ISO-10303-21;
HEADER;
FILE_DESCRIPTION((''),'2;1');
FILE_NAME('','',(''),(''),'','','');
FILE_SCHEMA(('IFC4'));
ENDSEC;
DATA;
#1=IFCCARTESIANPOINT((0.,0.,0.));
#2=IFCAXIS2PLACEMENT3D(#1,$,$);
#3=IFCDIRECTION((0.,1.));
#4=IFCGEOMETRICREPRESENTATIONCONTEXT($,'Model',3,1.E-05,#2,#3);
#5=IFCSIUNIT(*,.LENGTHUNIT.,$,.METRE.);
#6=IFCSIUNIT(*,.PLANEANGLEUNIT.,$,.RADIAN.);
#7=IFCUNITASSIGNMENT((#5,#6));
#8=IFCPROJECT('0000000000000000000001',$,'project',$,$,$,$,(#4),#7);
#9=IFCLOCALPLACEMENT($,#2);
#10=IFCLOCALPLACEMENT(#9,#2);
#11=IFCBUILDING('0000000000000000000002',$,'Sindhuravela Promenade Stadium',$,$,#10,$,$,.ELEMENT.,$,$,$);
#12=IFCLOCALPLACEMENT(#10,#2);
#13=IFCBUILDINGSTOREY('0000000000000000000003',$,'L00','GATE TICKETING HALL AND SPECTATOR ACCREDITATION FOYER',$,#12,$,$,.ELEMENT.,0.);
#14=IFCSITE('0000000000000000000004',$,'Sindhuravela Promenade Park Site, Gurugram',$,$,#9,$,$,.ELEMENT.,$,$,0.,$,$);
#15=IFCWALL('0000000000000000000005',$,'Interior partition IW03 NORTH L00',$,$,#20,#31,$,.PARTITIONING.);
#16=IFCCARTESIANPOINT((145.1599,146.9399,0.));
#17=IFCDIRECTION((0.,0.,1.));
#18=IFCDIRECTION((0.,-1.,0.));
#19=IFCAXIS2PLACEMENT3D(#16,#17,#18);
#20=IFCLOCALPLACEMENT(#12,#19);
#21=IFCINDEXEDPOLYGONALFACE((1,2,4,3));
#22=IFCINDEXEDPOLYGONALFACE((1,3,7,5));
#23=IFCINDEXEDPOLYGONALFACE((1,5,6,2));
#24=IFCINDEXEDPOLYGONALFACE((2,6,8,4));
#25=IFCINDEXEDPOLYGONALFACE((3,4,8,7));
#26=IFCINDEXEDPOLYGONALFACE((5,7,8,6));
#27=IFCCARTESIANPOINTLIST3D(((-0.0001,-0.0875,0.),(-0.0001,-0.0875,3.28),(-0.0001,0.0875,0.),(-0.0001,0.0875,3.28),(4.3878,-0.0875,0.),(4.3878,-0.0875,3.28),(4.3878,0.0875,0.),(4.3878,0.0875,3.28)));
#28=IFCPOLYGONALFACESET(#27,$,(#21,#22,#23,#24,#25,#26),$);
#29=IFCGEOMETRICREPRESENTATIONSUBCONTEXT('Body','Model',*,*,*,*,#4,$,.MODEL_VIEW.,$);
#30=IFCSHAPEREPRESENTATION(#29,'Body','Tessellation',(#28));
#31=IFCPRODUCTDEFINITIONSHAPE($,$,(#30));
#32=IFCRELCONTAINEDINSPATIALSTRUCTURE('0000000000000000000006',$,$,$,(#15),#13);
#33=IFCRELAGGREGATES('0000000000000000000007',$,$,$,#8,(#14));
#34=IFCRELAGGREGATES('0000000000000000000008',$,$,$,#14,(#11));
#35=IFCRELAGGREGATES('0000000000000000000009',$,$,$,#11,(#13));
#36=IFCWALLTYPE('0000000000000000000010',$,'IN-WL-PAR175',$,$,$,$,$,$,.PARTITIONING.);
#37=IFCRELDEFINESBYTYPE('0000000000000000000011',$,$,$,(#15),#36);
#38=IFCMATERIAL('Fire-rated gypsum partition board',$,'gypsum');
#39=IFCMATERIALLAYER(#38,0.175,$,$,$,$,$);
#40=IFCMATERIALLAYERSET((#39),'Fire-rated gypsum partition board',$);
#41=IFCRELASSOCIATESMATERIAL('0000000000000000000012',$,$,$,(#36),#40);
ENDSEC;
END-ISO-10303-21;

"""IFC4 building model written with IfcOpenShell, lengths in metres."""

from ifc_helpers import new_model, si_unit, direction, frame, frame_2d, origin, place, context, subcontext, project, spatial, rectangle, extrude, material, layer, layer_set, type_object, element, save


model = new_model("IFC4")

# Units and contexts
model_context = context("Model", 3, precision=1e-05, world=origin(), true_north=direction((0.0, 1.0)))
body_context = subcontext(model_context, "Body", "Model", "MODEL_VIEW")
ifc_project = project(units=[si_unit("LENGTHUNIT", "METRE"), si_unit("PLANEANGLEUNIT", "RADIAN")], contexts=[model_context])

# Site, building, storey
site_placement = place(None, origin())
site = spatial("IfcSite", under=ifc_project, at=site_placement, Name="Sindhuravela Promenade Park Site, Gurugram", CompositionType="ELEMENT", RefElevation=0.0)
building_placement = place(site_placement, origin())
building = spatial("IfcBuilding", under=site, at=building_placement, Name="Sindhuravela Promenade Stadium", CompositionType="ELEMENT")
storey_placement = place(building_placement, origin())
storey = spatial("IfcBuildingStorey", under=building, at=storey_placement, Name="L00", Description="GATE TICKETING HALL AND SPECTATOR ACCREDITATION FOYER", CompositionType="ELEMENT", Elevation=0.0)

# Shared definitions
ifc_material_1 = material(Name="Fire-rated gypsum partition board", Category="gypsum")

# Wall
ifc_layer_1 = layer(ifc_material_1, 0.175)
ifc_layer_set_1 = layer_set([ifc_layer_1], Name="Fire-rated gypsum partition board")
wall_type_1 = type_object("IfcWallType", Name="IN-WL-PAR175", PredefinedType="PARTITIONING", material=ifc_layer_set_1)
wall_1_placement = place(storey_placement, frame((145.1599, 146.9399, 0.0), z_axis=(0.0, 0.0, 1.0), x_axis=(0.0, -1.0, 0.0)))
element("IfcWall", 1, at=wall_1_placement, inside=storey, type_object=wall_type_1, Name="Interior partition IW03 NORTH L00", PredefinedType="PARTITIONING", context=body_context, shape_type="SweptSolid", body=[
    extrude(rectangle(XDim=4.3879, YDim=0.175, at=frame_2d((2.1938, 0.0))), origin(), (0.0, 0.0, 1.0), 3.28),
])

save(model, "model.ifc")
